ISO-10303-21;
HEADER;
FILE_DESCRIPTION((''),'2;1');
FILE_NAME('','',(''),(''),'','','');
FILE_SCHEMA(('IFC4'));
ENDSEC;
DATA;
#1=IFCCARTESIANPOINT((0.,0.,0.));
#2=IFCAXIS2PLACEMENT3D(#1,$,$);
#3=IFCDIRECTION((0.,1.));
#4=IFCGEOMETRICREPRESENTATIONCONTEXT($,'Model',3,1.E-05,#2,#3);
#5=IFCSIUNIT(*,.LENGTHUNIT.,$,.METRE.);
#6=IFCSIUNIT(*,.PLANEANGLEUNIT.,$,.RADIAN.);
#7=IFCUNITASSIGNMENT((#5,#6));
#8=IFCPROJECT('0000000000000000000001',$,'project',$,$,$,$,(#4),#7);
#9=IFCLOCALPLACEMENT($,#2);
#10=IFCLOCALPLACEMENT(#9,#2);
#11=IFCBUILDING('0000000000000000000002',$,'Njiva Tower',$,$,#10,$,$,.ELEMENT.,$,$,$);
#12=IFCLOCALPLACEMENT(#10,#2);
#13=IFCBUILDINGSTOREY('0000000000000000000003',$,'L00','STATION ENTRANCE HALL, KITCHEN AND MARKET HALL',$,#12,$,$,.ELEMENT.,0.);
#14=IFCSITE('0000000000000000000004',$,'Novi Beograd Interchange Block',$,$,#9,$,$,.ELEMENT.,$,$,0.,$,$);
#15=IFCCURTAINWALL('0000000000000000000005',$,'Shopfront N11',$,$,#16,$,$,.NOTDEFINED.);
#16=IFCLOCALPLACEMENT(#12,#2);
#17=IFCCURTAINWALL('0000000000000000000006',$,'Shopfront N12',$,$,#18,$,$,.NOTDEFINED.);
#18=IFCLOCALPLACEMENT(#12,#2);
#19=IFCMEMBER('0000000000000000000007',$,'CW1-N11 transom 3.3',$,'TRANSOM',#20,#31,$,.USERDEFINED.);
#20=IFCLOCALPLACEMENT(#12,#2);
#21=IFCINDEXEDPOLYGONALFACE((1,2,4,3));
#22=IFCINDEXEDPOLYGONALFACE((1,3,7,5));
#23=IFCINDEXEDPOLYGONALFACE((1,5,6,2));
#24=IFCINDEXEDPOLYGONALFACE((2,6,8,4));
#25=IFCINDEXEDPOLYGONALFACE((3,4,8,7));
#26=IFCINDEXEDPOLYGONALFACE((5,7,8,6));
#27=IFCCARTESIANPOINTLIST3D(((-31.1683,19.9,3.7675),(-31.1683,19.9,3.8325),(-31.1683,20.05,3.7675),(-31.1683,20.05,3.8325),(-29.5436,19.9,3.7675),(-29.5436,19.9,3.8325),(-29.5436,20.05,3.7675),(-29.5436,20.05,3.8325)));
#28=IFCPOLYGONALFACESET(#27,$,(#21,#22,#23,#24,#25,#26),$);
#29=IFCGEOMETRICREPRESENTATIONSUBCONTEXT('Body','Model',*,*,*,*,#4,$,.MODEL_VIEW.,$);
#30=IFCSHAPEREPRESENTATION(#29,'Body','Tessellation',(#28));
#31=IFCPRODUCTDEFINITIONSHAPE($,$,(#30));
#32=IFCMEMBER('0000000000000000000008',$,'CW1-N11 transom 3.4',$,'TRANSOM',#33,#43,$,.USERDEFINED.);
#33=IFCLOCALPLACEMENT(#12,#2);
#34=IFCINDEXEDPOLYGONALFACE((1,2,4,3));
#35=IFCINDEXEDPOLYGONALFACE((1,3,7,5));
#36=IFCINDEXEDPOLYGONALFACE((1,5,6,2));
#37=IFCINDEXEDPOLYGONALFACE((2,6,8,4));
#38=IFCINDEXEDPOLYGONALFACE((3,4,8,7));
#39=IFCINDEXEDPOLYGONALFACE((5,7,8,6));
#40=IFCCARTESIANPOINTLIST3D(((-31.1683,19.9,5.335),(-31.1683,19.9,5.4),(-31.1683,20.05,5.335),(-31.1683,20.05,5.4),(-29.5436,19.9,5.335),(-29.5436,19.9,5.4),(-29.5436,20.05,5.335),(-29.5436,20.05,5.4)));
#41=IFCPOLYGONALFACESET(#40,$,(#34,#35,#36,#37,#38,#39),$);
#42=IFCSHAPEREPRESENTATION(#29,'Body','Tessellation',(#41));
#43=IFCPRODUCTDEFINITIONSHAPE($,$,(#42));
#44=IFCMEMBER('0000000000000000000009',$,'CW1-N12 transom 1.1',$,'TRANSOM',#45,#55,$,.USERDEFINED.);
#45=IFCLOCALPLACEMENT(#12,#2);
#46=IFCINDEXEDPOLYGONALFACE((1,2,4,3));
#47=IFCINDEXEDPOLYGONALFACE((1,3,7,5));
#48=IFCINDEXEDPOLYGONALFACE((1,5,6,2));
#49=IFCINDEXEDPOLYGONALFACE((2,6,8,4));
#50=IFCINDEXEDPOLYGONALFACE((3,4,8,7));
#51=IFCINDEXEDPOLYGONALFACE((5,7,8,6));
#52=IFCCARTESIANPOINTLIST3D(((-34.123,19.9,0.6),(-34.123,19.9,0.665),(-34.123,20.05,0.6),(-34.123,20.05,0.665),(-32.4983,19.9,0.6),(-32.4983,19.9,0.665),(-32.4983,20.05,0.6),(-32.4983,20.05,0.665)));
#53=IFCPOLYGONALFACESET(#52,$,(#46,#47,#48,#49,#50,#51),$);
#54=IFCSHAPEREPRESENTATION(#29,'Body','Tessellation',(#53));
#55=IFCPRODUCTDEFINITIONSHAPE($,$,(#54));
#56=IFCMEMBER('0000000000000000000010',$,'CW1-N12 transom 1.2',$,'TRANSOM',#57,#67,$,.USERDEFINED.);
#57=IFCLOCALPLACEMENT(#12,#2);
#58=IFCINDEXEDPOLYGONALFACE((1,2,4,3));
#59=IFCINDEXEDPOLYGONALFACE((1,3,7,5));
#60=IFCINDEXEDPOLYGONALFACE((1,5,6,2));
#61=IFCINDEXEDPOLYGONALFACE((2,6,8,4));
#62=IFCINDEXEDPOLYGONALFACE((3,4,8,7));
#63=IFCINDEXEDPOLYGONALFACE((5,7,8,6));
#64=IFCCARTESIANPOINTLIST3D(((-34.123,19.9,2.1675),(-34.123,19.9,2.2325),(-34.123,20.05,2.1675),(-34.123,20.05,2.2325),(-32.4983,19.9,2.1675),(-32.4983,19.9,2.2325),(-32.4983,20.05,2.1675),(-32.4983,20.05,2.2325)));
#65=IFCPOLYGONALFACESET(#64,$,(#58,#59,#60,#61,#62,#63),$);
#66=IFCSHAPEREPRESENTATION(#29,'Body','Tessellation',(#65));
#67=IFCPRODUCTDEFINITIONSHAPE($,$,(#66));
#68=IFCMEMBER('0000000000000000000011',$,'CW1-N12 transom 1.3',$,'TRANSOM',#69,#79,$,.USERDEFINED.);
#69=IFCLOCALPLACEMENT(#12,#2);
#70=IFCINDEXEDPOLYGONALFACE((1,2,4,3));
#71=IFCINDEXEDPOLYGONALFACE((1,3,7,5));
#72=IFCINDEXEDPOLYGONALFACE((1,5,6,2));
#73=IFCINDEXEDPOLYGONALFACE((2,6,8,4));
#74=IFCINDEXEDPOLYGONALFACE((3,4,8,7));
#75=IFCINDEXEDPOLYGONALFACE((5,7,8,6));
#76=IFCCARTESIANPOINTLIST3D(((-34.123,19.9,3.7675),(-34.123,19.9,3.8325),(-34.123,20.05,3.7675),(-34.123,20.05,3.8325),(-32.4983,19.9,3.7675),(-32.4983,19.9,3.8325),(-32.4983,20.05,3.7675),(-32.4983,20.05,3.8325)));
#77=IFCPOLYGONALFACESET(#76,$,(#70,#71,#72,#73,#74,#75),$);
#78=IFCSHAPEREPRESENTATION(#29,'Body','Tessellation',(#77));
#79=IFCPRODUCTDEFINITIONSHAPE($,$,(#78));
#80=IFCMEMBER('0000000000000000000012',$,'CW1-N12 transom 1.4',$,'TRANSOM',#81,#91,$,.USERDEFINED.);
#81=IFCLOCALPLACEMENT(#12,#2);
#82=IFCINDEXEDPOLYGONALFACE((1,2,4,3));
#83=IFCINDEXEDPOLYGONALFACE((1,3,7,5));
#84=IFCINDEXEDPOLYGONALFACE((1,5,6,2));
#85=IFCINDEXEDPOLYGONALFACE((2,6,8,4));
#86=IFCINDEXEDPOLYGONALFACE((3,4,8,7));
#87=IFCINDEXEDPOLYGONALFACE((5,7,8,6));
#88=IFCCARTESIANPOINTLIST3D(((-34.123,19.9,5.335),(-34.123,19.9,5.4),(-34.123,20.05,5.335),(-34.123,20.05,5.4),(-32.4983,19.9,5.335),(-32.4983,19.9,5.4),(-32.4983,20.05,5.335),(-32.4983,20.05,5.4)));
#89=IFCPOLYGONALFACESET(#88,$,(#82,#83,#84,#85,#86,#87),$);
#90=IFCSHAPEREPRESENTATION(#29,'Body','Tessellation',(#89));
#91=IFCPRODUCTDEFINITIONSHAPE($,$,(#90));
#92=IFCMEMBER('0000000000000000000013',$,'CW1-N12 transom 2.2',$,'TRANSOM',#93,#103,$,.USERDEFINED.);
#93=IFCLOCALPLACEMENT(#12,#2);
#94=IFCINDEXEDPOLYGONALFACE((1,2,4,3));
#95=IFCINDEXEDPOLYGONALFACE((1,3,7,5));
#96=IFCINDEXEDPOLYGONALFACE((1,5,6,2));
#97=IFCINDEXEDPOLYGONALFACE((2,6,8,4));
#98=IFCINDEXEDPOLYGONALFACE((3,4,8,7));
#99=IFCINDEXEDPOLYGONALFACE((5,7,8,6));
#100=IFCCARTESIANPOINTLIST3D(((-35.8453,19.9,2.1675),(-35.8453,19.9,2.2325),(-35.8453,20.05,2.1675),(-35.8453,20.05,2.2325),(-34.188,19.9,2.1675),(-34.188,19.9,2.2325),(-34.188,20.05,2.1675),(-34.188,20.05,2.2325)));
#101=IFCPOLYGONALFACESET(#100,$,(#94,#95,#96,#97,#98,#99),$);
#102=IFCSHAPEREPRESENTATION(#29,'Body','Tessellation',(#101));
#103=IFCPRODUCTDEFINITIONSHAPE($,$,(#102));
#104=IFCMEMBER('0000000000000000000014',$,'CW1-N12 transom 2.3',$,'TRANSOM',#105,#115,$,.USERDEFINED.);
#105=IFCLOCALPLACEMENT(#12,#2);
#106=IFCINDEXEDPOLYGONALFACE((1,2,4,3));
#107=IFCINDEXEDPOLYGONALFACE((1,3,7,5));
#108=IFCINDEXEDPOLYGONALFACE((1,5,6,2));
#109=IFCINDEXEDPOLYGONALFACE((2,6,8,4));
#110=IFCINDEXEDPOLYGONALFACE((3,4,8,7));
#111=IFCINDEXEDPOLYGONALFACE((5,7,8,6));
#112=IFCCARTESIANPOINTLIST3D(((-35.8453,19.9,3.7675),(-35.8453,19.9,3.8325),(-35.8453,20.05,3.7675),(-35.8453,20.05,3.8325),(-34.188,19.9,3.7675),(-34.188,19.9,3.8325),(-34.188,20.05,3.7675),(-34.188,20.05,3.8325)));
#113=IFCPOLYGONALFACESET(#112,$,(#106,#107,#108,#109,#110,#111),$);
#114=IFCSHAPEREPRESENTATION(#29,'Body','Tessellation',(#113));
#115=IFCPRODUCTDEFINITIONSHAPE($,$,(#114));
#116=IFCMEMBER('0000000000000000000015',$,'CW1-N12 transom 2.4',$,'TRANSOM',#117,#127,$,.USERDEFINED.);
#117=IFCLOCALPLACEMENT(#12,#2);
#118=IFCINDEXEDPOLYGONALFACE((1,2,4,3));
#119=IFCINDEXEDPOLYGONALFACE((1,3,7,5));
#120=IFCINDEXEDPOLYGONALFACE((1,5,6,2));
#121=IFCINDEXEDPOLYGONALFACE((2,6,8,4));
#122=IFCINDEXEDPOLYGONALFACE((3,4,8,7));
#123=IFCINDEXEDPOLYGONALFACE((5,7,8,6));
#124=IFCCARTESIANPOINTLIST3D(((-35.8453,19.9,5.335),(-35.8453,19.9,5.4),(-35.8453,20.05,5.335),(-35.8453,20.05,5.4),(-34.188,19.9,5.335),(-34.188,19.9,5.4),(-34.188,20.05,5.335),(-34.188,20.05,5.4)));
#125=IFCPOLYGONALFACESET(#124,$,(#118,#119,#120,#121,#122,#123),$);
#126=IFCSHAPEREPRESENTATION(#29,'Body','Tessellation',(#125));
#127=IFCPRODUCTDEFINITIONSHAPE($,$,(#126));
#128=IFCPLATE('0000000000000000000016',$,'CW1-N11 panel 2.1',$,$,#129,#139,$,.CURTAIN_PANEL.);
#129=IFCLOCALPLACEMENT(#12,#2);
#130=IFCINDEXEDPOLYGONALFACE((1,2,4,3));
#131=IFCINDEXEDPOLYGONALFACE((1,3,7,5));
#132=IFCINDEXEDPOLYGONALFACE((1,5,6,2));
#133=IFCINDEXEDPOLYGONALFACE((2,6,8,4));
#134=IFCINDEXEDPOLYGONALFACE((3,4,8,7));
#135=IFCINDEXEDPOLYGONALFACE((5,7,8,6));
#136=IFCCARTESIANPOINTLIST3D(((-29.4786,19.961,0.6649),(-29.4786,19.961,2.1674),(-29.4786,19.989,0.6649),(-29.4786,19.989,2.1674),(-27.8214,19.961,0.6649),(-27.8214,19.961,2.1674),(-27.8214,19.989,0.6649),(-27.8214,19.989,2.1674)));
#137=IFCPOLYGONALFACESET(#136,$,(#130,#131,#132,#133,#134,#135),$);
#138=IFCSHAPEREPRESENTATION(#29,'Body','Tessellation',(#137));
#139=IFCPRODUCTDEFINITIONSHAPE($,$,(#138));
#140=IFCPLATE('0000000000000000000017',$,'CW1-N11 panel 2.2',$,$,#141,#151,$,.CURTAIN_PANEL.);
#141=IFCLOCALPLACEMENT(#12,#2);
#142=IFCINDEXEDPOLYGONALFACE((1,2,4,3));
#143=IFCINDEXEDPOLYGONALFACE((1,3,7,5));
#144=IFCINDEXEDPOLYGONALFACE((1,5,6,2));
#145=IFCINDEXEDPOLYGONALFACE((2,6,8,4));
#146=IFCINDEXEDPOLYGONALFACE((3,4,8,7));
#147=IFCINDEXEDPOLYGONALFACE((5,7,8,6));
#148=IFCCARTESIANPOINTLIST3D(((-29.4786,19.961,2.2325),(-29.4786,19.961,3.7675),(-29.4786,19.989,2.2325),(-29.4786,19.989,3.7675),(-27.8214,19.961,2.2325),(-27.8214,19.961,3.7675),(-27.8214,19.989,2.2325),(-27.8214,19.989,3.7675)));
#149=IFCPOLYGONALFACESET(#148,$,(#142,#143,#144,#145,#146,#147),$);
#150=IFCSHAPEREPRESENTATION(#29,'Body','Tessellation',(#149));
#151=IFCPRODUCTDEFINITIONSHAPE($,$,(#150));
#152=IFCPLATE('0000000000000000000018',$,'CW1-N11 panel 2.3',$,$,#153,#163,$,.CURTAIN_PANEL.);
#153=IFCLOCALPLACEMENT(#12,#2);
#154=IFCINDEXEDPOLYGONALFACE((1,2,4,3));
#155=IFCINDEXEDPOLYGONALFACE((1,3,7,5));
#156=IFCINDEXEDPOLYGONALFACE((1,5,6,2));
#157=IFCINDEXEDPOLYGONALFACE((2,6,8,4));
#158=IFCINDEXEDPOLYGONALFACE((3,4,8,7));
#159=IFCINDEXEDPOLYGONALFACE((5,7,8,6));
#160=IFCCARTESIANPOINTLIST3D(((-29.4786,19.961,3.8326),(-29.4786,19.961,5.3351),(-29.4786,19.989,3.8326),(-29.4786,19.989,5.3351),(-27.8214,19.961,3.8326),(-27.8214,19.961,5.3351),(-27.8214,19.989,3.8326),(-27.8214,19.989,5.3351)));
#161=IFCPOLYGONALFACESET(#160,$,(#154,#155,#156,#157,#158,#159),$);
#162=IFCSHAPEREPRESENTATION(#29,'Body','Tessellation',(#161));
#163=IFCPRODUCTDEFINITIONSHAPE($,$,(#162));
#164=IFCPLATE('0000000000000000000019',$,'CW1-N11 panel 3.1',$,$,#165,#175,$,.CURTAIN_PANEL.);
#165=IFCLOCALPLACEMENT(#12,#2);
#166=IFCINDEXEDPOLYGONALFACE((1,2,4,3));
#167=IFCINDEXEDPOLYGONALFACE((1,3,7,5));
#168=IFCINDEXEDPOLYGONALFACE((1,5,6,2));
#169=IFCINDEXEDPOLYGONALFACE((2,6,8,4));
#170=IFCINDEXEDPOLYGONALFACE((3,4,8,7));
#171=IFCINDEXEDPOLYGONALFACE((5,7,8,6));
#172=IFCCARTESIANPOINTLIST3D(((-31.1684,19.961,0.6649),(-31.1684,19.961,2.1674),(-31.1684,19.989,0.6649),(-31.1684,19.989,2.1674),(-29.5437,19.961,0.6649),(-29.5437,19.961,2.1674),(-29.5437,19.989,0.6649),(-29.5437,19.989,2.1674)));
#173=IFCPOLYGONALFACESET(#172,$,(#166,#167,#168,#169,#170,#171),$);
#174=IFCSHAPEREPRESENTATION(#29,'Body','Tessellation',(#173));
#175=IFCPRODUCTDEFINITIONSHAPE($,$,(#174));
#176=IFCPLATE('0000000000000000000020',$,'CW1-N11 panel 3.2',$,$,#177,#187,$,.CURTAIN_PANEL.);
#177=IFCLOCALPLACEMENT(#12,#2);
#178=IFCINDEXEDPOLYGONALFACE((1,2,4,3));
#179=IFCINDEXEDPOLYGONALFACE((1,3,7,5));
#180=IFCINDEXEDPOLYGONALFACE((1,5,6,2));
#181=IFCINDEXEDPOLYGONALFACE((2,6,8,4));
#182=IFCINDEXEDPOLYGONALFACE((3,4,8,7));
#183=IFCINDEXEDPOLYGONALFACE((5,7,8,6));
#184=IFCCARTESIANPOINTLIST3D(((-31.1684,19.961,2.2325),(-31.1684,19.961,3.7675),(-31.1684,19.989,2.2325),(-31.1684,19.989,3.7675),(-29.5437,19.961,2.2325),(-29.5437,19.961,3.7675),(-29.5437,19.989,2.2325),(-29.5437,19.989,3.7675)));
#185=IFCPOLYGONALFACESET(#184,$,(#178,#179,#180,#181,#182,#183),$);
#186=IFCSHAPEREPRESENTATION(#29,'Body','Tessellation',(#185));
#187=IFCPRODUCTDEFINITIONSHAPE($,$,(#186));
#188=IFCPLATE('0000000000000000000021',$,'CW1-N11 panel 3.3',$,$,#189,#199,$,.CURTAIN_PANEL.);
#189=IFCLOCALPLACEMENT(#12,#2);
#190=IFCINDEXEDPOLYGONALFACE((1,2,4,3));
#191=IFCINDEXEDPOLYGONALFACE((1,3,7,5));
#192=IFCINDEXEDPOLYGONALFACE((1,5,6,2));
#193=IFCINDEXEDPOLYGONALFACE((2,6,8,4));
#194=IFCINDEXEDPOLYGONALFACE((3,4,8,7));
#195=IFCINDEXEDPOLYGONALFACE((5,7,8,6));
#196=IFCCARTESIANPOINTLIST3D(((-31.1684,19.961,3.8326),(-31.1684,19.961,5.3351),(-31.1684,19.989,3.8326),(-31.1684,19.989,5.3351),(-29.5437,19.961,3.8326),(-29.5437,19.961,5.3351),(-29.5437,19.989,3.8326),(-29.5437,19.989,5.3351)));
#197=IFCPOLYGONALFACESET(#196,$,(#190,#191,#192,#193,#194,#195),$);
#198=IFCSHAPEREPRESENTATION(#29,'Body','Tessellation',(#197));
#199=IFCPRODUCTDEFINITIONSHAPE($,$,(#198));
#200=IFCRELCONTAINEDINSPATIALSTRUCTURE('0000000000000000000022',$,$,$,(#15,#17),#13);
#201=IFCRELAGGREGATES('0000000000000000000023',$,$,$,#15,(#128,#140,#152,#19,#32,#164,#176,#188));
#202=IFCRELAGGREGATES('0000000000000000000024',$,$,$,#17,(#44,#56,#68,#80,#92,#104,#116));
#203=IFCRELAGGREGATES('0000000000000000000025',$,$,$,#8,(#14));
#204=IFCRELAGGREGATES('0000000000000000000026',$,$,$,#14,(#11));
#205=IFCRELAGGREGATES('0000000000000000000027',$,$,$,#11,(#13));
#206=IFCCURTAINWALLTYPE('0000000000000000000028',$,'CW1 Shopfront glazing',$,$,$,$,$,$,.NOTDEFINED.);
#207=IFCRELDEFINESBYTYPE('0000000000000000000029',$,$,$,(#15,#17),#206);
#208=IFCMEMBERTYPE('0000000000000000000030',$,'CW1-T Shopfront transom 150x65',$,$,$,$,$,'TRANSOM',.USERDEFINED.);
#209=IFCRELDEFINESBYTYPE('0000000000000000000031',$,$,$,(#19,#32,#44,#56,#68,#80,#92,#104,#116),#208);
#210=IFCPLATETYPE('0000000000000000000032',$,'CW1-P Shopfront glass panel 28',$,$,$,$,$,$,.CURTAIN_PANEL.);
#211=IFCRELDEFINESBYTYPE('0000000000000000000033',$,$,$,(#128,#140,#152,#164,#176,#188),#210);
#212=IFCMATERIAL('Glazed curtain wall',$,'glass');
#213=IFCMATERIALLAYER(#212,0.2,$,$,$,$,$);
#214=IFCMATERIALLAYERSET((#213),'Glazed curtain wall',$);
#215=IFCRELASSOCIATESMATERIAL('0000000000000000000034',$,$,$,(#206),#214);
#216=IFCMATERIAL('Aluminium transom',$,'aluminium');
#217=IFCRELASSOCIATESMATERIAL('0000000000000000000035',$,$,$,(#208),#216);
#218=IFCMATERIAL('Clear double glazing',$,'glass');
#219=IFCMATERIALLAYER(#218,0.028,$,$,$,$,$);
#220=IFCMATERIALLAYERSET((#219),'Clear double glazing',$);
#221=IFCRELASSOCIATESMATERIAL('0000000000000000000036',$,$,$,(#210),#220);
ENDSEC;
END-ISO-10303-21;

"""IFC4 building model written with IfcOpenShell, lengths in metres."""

from ifc_helpers import new_model, si_unit, direction, frame, origin, origin_2d, place, context, subcontext, project, spatial, rectangle, extrude, material, layer, layer_set, material_profile, profile_set, type_object, element, aggregate, save


model = new_model("IFC4")

# Units and contexts
model_context = context("Model", 3, precision=1e-05, world=origin(), true_north=direction((0.0, 1.0)))
body_context = subcontext(model_context, "Body", "Model", "MODEL_VIEW")
ifc_project = project(units=[si_unit("LENGTHUNIT", "METRE"), si_unit("PLANEANGLEUNIT", "RADIAN")], contexts=[model_context])

# Site, building, storey
site_placement = place(None, origin())
site = spatial("IfcSite", under=ifc_project, at=site_placement, Name="Novi Beograd Interchange Block", CompositionType="ELEMENT", RefElevation=0.0)
building_placement = place(site_placement, origin())
building = spatial("IfcBuilding", under=site, at=building_placement, Name="Njiva Tower", CompositionType="ELEMENT")
storey_placement = place(building_placement, origin())
storey = spatial("IfcBuildingStorey", under=building, at=storey_placement, Name="L00", Description="STATION ENTRANCE HALL, KITCHEN AND MARKET HALL", CompositionType="ELEMENT", Elevation=0.0)

# Curtain walls
ifc_material_1 = material(Name="Glazed curtain wall", Category="glass")
ifc_layer_1 = layer(ifc_material_1, 0.2)
ifc_layer_set_1 = layer_set([ifc_layer_1], Name="Glazed curtain wall")
curtain_wall_type = type_object("IfcCurtainWallType", Name="CW1 Shopfront glazing", PredefinedType="NOTDEFINED", material=ifc_layer_set_1)
curtain_wall_1_placement = place(storey_placement, origin())
curtain_wall_1 = element("IfcCurtainWall", 1, at=curtain_wall_1_placement, inside=storey, type_object=curtain_wall_type, Name="Shopfront N11", PredefinedType="NOTDEFINED")
curtain_wall_2_placement = place(storey_placement, origin())
curtain_wall_2 = element("IfcCurtainWall", 2, at=curtain_wall_2_placement, inside=storey, type_object=curtain_wall_type, Name="Shopfront N12", PredefinedType="NOTDEFINED")

# Members
ifc_material_2 = material(Name="Aluminium transom", Category="aluminium")
ifc_material_profile_1 = material_profile(ifc_material_2, rectangle(XDim=0.15, YDim=0.065, at=origin_2d()), Name="RECT 150x65")
ifc_profile_set_1 = profile_set([ifc_material_profile_1], Name="Aluminium transom")
member_type_1 = type_object("IfcMemberType", Name="CW1-T Shopfront transom 150x65", ElementType="TRANSOM", PredefinedType="USERDEFINED", material=ifc_profile_set_1)
member_1_placement = place(storey_placement, frame((-29.5436, 19.975, 3.8), z_axis=(-1.0, 0.0, 0.0), x_axis=(0.0, -1.0, 0.0)))
member_1 = element("IfcMember", 3, at=member_1_placement, type_object=member_type_1, Name="CW1-N11 transom 3.3", ObjectType="TRANSOM", PredefinedType="USERDEFINED", context=body_context, shape_type="SweptSolid", body=[
    extrude(rectangle(XDim=0.15, YDim=0.065, at=origin_2d()), origin(), (0.0, 0.0, 1.0), 1.6247),
])
member_2_placement = place(storey_placement, frame((-29.5436, 19.975, 5.3675), z_axis=(-1.0, 0.0, 0.0), x_axis=(0.0, -1.0, 0.0)))
member_2 = element("IfcMember", 4, at=member_2_placement, type_object=member_type_1, Name="CW1-N11 transom 3.4", ObjectType="TRANSOM", PredefinedType="USERDEFINED", context=body_context, shape_type="SweptSolid", body=[
    extrude(rectangle(XDim=0.15, YDim=0.065, at=origin_2d()), origin(), (0.0, 0.0, 1.0), 1.6247),
])
member_3_placement = place(storey_placement, frame((-32.4983, 19.975, 0.6325), z_axis=(-1.0, 0.0, 0.0), x_axis=(0.0, -1.0, 0.0)))
member_3 = element("IfcMember", 5, at=member_3_placement, type_object=member_type_1, Name="CW1-N12 transom 1.1", ObjectType="TRANSOM", PredefinedType="USERDEFINED", context=body_context, shape_type="SweptSolid", body=[
    extrude(rectangle(XDim=0.15, YDim=0.065, at=origin_2d()), origin(), (0.0, 0.0, 1.0), 1.6247),
])
member_4_placement = place(storey_placement, frame((-32.4983, 19.975, 2.2), z_axis=(-1.0, 0.0, 0.0), x_axis=(0.0, -1.0, 0.0)))
member_4 = element("IfcMember", 6, at=member_4_placement, type_object=member_type_1, Name="CW1-N12 transom 1.2", ObjectType="TRANSOM", PredefinedType="USERDEFINED", context=body_context, shape_type="SweptSolid", body=[
    extrude(rectangle(XDim=0.15, YDim=0.065, at=origin_2d()), origin(), (0.0, 0.0, 1.0), 1.6247),
])
member_5_placement = place(storey_placement, frame((-32.4983, 19.975, 3.8), z_axis=(-1.0, 0.0, 0.0), x_axis=(0.0, -1.0, 0.0)))
member_5 = element("IfcMember", 7, at=member_5_placement, type_object=member_type_1, Name="CW1-N12 transom 1.3", ObjectType="TRANSOM", PredefinedType="USERDEFINED", context=body_context, shape_type="SweptSolid", body=[
    extrude(rectangle(XDim=0.15, YDim=0.065, at=origin_2d()), origin(), (0.0, 0.0, 1.0), 1.6247),
])
member_6_placement = place(storey_placement, frame((-32.4983, 19.975, 5.3675), z_axis=(-1.0, 0.0, 0.0), x_axis=(0.0, -1.0, 0.0)))
member_6 = element("IfcMember", 8, at=member_6_placement, type_object=member_type_1, Name="CW1-N12 transom 1.4", ObjectType="TRANSOM", PredefinedType="USERDEFINED", context=body_context, shape_type="SweptSolid", body=[
    extrude(rectangle(XDim=0.15, YDim=0.065, at=origin_2d()), origin(), (0.0, 0.0, 1.0), 1.6247),
])
member_7_placement = place(storey_placement, frame((-34.188, 19.975, 2.2), z_axis=(-1.0, 0.0, 0.0), x_axis=(0.0, -1.0, 0.0)))
member_7 = element("IfcMember", 9, at=member_7_placement, type_object=member_type_1, Name="CW1-N12 transom 2.2", ObjectType="TRANSOM", PredefinedType="USERDEFINED", context=body_context, shape_type="SweptSolid", body=[
    extrude(rectangle(XDim=0.15, YDim=0.065, at=origin_2d()), origin(), (0.0, 0.0, 1.0), 1.6573),
])
member_8_placement = place(storey_placement, frame((-34.188, 19.975, 3.8), z_axis=(-1.0, 0.0, 0.0), x_axis=(0.0, -1.0, 0.0)))
member_8 = element("IfcMember", 10, at=member_8_placement, type_object=member_type_1, Name="CW1-N12 transom 2.3", ObjectType="TRANSOM", PredefinedType="USERDEFINED", context=body_context, shape_type="SweptSolid", body=[
    extrude(rectangle(XDim=0.15, YDim=0.065, at=origin_2d()), origin(), (0.0, 0.0, 1.0), 1.6573),
])
member_9_placement = place(storey_placement, frame((-34.188, 19.975, 5.3675), z_axis=(-1.0, 0.0, 0.0), x_axis=(0.0, -1.0, 0.0)))
member_9 = element("IfcMember", 11, at=member_9_placement, type_object=member_type_1, Name="CW1-N12 transom 2.4", ObjectType="TRANSOM", PredefinedType="USERDEFINED", context=body_context, shape_type="SweptSolid", body=[
    extrude(rectangle(XDim=0.15, YDim=0.065, at=origin_2d()), origin(), (0.0, 0.0, 1.0), 1.6573),
])

# Plates
ifc_material_3 = material(Name="Clear double glazing", Category="glass")
ifc_layer_2 = layer(ifc_material_3, 0.028)
ifc_layer_set_2 = layer_set([ifc_layer_2], Name="Clear double glazing")
plate_type = type_object("IfcPlateType", Name="CW1-P Shopfront glass panel 28", PredefinedType="CURTAIN_PANEL", material=ifc_layer_set_2)
plate_1_placement = place(storey_placement, frame((-28.65, 19.975, 0.6649), z_axis=(0.0, 0.0, 1.0), x_axis=(-1.0, 0.0, 0.0)))
plate_1 = element("IfcPlate", 12, at=plate_1_placement, type_object=plate_type, Name="CW1-N11 panel 2.1", PredefinedType="CURTAIN_PANEL", context=body_context, shape_type="SweptSolid", body=[
    extrude(rectangle(XDim=1.6572, YDim=0.028, at=origin_2d()), origin(), (0.0, 0.0, 1.0), 1.5025),
])
plate_2_placement = place(storey_placement, frame((-28.65, 19.975, 2.2325), z_axis=(0.0, 0.0, 1.0), x_axis=(-1.0, 0.0, 0.0)))
plate_2 = element("IfcPlate", 13, at=plate_2_placement, type_object=plate_type, Name="CW1-N11 panel 2.2", PredefinedType="CURTAIN_PANEL", context=body_context, shape_type="SweptSolid", body=[
    extrude(rectangle(XDim=1.6572, YDim=0.028, at=origin_2d()), origin(), (0.0, 0.0, 1.0), 1.535),
])
plate_3_placement = place(storey_placement, frame((-28.65, 19.975, 3.8326), z_axis=(0.0, 0.0, 1.0), x_axis=(-1.0, 0.0, 0.0)))
plate_3 = element("IfcPlate", 14, at=plate_3_placement, type_object=plate_type, Name="CW1-N11 panel 2.3", PredefinedType="CURTAIN_PANEL", context=body_context, shape_type="SweptSolid", body=[
    extrude(rectangle(XDim=1.6572, YDim=0.028, at=origin_2d()), origin(), (0.0, 0.0, 1.0), 1.5025),
])
plate_4_placement = place(storey_placement, frame((-30.356, 19.975, 0.6649), z_axis=(0.0, 0.0, 1.0), x_axis=(-1.0, 0.0, 0.0)))
plate_4 = element("IfcPlate", 15, at=plate_4_placement, type_object=plate_type, Name="CW1-N11 panel 3.1", PredefinedType="CURTAIN_PANEL", context=body_context, shape_type="SweptSolid", body=[
    extrude(rectangle(XDim=1.6247, YDim=0.028, at=origin_2d()), origin(), (0.0, 0.0, 1.0), 1.5025),
])
plate_5_placement = place(storey_placement, frame((-30.356, 19.975, 2.2325), z_axis=(0.0, 0.0, 1.0), x_axis=(-1.0, 0.0, 0.0)))
plate_5 = element("IfcPlate", 16, at=plate_5_placement, type_object=plate_type, Name="CW1-N11 panel 3.2", PredefinedType="CURTAIN_PANEL", context=body_context, shape_type="SweptSolid", body=[
    extrude(rectangle(XDim=1.6247, YDim=0.028, at=origin_2d()), origin(), (0.0, 0.0, 1.0), 1.535),
])
plate_6_placement = place(storey_placement, frame((-30.356, 19.975, 3.8326), z_axis=(0.0, 0.0, 1.0), x_axis=(-1.0, 0.0, 0.0)))
plate_6 = element("IfcPlate", 17, at=plate_6_placement, type_object=plate_type, Name="CW1-N11 panel 3.3", PredefinedType="CURTAIN_PANEL", context=body_context, shape_type="SweptSolid", body=[
    extrude(rectangle(XDim=1.6247, YDim=0.028, at=origin_2d()), origin(), (0.0, 0.0, 1.0), 1.5025),
])
aggregate(curtain_wall_1, [plate_1, plate_2, plate_3, member_1, member_2, plate_4, plate_5, plate_6])
aggregate(curtain_wall_2, [member_3, member_4, member_5, member_6, member_7, member_8, member_9])

save(model, "model.ifc")
